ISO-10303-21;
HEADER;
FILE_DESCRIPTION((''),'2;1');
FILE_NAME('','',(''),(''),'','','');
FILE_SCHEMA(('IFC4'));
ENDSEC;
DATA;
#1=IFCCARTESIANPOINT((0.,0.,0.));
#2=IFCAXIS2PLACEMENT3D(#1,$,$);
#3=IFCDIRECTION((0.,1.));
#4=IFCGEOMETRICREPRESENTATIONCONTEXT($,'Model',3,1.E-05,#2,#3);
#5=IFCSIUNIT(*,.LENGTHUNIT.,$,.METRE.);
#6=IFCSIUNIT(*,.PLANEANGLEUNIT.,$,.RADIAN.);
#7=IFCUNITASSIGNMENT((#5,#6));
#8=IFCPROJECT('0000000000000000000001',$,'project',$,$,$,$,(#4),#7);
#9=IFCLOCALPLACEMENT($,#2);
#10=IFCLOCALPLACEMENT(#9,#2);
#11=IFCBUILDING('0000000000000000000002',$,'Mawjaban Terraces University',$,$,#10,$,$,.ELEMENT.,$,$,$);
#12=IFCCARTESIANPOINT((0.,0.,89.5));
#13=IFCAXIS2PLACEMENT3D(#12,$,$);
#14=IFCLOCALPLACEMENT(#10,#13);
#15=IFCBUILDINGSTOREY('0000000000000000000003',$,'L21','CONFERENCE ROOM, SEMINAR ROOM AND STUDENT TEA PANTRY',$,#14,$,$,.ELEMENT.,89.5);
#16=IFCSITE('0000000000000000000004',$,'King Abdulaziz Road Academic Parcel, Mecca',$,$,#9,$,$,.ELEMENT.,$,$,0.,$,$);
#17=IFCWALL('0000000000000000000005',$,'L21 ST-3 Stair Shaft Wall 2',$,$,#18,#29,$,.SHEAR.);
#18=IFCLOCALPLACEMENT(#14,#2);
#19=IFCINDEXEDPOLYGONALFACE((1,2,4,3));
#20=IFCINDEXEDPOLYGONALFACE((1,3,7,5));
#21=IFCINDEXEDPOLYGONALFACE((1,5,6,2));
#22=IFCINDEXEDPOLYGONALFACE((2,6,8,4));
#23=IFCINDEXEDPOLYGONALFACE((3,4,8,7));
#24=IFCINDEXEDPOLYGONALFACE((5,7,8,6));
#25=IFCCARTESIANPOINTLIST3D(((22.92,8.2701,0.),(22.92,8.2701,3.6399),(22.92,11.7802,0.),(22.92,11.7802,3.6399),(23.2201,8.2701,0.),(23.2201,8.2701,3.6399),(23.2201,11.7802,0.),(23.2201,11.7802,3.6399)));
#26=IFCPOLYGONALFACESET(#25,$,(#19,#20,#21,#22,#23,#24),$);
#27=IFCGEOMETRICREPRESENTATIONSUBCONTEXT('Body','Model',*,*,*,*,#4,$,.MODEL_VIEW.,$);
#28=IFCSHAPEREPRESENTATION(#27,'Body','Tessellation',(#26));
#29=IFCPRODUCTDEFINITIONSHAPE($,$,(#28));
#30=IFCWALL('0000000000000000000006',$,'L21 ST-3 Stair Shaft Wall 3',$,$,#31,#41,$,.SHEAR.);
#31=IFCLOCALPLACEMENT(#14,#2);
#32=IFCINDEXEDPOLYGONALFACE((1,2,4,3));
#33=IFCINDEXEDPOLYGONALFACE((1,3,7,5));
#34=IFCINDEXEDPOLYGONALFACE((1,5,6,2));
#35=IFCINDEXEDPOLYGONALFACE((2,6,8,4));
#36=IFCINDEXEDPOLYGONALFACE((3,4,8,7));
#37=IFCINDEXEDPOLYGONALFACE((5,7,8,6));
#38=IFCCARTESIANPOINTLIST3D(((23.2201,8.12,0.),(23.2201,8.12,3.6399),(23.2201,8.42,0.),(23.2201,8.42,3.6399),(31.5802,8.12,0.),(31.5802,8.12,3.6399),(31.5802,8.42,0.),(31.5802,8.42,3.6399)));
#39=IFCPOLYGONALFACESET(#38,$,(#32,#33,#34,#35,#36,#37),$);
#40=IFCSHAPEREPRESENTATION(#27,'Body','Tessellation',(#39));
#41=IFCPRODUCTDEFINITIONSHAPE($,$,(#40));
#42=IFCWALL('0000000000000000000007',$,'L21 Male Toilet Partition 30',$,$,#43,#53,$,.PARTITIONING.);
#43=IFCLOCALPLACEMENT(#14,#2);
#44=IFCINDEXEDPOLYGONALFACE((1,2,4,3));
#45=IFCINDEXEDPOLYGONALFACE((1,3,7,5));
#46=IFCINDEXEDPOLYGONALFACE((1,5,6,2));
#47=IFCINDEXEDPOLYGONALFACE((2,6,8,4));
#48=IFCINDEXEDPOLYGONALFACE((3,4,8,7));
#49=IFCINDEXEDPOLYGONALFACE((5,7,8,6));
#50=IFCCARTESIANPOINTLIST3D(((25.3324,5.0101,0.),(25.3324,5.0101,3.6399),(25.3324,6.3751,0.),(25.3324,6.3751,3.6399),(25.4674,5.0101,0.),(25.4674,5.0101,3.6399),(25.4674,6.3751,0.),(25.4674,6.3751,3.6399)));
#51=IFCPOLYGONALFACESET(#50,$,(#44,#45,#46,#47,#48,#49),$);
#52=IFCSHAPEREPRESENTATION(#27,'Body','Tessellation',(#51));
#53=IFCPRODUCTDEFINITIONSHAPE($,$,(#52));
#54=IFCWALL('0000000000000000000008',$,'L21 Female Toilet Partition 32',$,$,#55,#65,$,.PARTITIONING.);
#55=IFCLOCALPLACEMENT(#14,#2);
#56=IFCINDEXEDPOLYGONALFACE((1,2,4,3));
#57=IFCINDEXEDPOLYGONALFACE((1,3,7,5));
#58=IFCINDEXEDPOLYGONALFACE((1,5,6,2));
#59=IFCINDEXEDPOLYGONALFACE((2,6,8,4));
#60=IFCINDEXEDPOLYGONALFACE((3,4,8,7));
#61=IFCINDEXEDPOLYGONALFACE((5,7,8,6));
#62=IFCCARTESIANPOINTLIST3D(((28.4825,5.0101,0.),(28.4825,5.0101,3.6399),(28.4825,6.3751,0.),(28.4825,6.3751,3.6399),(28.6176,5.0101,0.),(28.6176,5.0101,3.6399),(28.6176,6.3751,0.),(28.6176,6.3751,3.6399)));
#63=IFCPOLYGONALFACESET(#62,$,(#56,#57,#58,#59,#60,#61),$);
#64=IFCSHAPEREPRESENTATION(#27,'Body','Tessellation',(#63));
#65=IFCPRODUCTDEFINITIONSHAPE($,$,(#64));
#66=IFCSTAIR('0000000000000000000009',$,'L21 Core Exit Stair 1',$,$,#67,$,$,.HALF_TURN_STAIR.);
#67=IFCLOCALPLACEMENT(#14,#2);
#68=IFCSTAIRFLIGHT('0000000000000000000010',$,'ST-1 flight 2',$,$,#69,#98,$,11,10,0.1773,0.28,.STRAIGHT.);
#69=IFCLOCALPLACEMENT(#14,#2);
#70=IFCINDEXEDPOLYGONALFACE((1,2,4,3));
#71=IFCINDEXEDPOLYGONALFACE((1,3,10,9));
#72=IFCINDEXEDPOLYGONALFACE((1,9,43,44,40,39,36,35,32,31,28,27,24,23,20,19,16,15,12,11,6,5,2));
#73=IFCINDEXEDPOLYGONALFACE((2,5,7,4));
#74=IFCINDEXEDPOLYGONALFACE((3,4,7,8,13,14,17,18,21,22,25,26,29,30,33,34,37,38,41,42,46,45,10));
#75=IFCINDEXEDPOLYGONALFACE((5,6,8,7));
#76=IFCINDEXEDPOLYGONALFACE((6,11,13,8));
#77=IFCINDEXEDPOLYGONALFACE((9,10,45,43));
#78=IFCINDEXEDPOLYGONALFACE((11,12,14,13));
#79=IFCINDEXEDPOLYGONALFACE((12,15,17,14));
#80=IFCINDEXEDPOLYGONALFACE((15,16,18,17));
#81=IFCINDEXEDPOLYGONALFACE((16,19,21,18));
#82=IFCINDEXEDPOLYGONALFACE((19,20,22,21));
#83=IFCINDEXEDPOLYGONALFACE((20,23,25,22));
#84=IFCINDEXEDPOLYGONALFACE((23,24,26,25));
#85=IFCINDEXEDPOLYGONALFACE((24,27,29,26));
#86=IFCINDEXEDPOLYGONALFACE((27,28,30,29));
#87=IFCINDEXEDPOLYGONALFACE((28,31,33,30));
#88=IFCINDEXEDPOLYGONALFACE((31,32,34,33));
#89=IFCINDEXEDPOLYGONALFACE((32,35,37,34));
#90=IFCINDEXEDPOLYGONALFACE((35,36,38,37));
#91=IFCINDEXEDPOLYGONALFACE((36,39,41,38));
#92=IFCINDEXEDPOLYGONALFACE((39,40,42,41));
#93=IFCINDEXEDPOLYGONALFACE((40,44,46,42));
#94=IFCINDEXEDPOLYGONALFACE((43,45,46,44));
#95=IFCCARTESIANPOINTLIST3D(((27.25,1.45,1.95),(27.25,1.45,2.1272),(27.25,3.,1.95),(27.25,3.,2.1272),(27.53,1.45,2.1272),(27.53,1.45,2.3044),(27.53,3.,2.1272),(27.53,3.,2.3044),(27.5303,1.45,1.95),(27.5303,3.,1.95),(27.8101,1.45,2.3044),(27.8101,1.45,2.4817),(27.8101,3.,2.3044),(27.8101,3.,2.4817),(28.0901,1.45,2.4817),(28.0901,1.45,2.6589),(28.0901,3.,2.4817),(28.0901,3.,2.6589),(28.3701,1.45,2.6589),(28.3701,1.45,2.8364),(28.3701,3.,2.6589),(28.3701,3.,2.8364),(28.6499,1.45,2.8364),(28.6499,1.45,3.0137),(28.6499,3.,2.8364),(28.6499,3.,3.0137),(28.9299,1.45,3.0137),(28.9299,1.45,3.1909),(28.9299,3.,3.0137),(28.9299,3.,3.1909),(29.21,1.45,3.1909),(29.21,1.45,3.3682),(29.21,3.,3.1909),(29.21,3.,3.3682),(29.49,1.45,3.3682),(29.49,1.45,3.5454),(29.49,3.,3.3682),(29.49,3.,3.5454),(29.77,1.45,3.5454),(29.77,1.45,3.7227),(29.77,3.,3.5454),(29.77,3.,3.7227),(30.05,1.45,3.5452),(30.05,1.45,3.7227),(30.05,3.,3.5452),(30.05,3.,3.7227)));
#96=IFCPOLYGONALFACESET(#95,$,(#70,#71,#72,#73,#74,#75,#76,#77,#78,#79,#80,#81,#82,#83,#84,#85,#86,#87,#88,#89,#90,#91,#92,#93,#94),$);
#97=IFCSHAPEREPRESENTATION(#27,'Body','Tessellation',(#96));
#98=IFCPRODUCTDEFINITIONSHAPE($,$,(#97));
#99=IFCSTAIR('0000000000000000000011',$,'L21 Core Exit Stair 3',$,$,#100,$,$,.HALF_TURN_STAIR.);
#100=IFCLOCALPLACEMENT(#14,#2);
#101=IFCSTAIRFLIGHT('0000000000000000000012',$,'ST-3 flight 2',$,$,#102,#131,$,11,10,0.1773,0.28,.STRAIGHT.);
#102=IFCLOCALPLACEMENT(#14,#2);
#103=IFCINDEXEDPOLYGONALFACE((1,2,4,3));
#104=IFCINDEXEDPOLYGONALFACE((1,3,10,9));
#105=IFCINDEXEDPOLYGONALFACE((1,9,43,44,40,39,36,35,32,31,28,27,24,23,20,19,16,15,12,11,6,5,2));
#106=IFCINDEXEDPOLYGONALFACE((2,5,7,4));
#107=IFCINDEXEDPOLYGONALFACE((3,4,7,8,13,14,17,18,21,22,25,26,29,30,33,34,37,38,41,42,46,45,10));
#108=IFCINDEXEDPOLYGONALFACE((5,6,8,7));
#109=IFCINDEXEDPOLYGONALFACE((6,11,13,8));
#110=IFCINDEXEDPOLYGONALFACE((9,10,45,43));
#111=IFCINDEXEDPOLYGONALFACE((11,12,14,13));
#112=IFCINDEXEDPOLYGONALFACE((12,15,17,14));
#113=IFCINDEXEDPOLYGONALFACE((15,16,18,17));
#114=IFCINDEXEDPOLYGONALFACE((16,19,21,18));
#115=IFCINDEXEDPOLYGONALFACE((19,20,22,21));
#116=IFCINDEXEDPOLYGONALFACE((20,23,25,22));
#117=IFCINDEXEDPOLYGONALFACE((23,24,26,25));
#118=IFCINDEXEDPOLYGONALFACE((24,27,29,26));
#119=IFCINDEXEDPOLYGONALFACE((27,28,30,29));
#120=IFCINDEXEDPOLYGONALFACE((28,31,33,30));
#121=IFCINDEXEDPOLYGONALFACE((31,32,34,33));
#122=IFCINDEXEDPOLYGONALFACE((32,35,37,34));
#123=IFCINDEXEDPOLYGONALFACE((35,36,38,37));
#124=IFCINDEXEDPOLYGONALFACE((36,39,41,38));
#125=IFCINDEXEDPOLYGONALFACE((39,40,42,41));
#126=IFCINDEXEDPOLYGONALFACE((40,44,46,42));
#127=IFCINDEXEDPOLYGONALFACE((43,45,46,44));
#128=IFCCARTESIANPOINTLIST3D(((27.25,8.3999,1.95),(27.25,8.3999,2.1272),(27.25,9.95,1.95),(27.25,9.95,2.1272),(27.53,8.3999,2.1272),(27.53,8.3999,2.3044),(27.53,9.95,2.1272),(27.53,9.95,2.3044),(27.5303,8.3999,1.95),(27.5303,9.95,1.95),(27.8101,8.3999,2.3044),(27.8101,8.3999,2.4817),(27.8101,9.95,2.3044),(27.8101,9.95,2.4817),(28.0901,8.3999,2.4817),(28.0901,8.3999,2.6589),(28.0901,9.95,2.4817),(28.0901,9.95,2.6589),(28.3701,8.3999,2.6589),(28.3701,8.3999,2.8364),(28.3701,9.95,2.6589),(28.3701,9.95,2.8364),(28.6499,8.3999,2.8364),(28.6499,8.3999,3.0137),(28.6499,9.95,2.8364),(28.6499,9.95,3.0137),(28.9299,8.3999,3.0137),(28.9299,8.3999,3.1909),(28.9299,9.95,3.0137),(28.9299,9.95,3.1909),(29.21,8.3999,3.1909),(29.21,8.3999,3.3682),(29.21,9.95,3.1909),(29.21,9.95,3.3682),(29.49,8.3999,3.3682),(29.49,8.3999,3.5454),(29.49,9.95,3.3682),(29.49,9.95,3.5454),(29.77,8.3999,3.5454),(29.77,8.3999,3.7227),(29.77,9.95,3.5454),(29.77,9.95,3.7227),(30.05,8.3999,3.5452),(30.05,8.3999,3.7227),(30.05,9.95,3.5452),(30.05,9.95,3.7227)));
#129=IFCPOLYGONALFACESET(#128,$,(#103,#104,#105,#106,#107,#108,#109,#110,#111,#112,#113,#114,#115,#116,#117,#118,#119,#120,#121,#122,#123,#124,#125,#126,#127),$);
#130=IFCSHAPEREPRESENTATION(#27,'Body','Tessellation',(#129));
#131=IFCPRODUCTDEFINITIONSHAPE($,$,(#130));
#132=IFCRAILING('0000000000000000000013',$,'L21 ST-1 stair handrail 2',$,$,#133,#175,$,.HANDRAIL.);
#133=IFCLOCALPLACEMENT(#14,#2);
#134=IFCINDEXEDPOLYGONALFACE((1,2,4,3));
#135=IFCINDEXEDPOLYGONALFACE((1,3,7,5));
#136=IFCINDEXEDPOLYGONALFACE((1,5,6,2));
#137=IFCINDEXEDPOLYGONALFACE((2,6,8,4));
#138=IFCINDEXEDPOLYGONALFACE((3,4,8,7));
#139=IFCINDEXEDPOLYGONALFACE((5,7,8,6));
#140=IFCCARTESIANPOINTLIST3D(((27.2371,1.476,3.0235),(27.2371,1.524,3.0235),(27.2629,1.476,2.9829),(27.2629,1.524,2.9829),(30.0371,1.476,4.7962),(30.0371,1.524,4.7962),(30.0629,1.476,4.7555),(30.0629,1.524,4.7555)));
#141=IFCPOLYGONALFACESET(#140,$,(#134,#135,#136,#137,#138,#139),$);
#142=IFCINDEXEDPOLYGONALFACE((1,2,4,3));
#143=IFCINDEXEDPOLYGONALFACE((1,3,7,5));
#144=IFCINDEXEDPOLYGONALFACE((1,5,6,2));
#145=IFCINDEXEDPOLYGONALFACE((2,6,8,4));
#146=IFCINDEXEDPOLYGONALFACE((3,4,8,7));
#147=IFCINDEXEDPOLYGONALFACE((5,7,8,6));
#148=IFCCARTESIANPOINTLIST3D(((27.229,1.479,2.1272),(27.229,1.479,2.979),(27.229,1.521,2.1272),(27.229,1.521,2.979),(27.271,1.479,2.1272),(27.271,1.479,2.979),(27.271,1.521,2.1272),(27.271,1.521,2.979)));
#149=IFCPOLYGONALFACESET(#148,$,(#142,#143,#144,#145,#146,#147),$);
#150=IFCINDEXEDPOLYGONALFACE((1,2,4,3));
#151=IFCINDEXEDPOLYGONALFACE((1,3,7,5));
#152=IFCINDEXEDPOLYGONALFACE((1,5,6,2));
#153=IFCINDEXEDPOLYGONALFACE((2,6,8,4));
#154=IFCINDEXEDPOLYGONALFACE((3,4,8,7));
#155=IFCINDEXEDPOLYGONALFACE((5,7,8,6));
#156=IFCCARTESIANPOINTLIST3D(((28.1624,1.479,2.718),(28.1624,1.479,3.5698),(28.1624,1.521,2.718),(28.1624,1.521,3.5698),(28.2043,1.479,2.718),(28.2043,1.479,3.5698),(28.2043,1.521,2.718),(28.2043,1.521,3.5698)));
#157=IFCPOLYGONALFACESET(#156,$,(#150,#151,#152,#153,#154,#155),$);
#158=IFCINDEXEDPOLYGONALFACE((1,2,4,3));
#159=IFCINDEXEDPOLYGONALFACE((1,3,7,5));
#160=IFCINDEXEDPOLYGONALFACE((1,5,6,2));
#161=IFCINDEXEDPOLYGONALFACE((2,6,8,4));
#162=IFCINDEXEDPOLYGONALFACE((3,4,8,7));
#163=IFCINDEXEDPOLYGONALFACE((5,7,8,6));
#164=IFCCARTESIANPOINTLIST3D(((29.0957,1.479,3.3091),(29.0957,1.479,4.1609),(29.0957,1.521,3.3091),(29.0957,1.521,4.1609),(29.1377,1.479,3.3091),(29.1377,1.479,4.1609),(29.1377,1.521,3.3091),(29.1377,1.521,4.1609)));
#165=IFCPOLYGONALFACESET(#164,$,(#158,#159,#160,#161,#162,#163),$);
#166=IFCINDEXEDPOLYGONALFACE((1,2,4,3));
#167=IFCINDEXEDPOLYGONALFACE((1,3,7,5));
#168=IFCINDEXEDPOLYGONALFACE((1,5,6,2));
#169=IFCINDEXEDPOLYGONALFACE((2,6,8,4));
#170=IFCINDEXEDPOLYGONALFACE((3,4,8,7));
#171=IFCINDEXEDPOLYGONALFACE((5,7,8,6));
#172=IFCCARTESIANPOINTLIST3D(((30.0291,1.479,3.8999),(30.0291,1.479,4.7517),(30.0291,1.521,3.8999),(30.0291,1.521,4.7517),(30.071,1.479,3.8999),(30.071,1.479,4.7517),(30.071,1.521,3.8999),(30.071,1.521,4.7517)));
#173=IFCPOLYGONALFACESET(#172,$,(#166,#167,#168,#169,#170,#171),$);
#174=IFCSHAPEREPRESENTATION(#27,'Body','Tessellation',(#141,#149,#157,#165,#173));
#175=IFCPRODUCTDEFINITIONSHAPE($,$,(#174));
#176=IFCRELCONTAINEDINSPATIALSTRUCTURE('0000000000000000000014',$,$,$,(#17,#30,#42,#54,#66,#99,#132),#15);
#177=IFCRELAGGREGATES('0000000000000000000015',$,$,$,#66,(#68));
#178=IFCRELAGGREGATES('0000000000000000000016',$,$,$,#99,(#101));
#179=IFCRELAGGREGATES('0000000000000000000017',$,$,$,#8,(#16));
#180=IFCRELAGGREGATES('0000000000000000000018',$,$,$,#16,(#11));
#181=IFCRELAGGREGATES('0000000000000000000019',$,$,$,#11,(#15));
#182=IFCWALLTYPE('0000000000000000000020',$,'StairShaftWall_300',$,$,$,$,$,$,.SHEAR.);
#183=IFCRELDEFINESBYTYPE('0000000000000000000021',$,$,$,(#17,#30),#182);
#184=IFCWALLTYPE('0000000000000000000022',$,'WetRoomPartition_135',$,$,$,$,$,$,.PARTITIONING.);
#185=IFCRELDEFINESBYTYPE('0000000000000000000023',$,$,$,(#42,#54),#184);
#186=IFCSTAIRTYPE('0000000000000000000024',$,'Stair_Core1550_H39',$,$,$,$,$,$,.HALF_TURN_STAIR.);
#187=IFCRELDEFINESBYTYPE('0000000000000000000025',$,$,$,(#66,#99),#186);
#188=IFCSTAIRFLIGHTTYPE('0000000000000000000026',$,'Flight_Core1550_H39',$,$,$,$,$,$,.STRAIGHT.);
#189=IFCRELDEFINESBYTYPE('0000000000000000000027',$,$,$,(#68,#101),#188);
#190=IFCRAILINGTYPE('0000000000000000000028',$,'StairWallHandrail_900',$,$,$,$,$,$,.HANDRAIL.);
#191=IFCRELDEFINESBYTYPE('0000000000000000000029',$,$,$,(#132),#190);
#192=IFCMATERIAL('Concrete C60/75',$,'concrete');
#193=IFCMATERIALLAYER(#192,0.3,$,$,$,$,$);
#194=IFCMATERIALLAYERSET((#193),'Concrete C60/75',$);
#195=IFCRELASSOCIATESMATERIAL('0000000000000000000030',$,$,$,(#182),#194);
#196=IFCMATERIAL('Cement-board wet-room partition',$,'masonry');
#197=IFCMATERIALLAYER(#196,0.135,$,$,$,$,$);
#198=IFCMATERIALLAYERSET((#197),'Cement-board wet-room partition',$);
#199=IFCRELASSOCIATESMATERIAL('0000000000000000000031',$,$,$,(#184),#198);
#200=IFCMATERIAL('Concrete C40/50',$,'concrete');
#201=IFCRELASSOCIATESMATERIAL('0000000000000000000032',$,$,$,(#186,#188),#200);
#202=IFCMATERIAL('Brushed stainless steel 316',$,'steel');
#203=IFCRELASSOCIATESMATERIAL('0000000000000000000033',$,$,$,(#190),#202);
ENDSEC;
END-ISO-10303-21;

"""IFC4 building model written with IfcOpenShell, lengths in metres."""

from ifc_helpers import new_model, si_unit, direction, frame, frame_2d, origin, origin_2d, place, context, subcontext, project, spatial, polyline, rectangle, outline, extrude, material, layer, layer_set, type_object, element, aggregate, save


model = new_model("IFC4")

# Units and contexts
model_context = context("Model", 3, precision=1e-05, world=origin(), true_north=direction((0.0, 1.0)))
body_context = subcontext(model_context, "Body", "Model", "MODEL_VIEW")
ifc_project = project(units=[si_unit("LENGTHUNIT", "METRE"), si_unit("PLANEANGLEUNIT", "RADIAN")], contexts=[model_context])

# Site, building, storey
site_placement = place(None, origin())
site = spatial("IfcSite", under=ifc_project, at=site_placement, Name="King Abdulaziz Road Academic Parcel, Mecca", CompositionType="ELEMENT", RefElevation=0.0)
building_placement = place(site_placement, origin())
building = spatial("IfcBuilding", under=site, at=building_placement, Name="Mawjaban Terraces University", CompositionType="ELEMENT")
storey_placement = place(building_placement, frame((0.0, 0.0, 89.5)))
storey = spatial("IfcBuildingStorey", under=building, at=storey_placement, Name="L21", Description="CONFERENCE ROOM, SEMINAR ROOM AND STUDENT TEA PANTRY", CompositionType="ELEMENT", Elevation=89.5)

# Walls
ifc_material_1 = material(Name="Concrete C60/75", Category="concrete")
ifc_layer_1 = layer(ifc_material_1, 0.3)
ifc_layer_set_1 = layer_set([ifc_layer_1], Name="Concrete C60/75")
wall_type_1 = type_object("IfcWallType", Name="StairShaftWall_300", PredefinedType="SHEAR", material=ifc_layer_set_1)
wall_1_placement = place(storey_placement, frame((23.0701, 11.78, 0.0), z_axis=(0.0, 0.0, 1.0), x_axis=(0.0, -1.0, 0.0)))
element("IfcWall", 1, at=wall_1_placement, inside=storey, type_object=wall_type_1, Name="L21 ST-3 Stair Shaft Wall 2", PredefinedType="SHEAR", context=body_context, shape_type="SweptSolid", body=[
    extrude(rectangle(XDim=3.51, YDim=0.3, at=frame_2d((1.7549, 0.0))), origin(), (0.0, 0.0, 1.0), 3.6399),
])
wall_2_placement = place(storey_placement, frame((23.22, 8.27, 0.0), z_axis=(0.0, 0.0, 1.0), x_axis=(1.0, 0.0, 0.0)))
element("IfcWall", 2, at=wall_2_placement, inside=storey, type_object=wall_type_1, Name="L21 ST-3 Stair Shaft Wall 3", PredefinedType="SHEAR", context=body_context, shape_type="SweptSolid", body=[
    extrude(rectangle(XDim=8.3601, YDim=0.3, at=frame_2d((4.1802, 0.0))), origin(), (0.0, 0.0, 1.0), 3.6399),
])
ifc_material_2 = material(Name="Cement-board wet-room partition", Category="masonry")
ifc_layer_2 = layer(ifc_material_2, 0.135)
ifc_layer_set_2 = layer_set([ifc_layer_2], Name="Cement-board wet-room partition")
wall_type_2 = type_object("IfcWallType", Name="WetRoomPartition_135", PredefinedType="PARTITIONING", material=ifc_layer_set_2)
for number, where, z_axis, x_axis, name in (
    (3, (25.3999, 5.01, 0.0), (0.0, 0.0, 1.0), (0.0, 1.0, 0.0), "L21 Male Toilet Partition 30"),
    (4, (28.55, 5.01, 0.0), (0.0, 0.0, 1.0), (0.0, 1.0, 0.0), "L21 Female Toilet Partition 32"),
):
    element("IfcWall", number, at=place(storey_placement, frame(where, z_axis=z_axis, x_axis=x_axis)), inside=storey, type_object=wall_type_2, Name=name, PredefinedType="PARTITIONING", context=body_context, shape_type="SweptSolid", body=[
        extrude(rectangle(XDim=1.365, YDim=0.135, at=frame_2d((0.6826, 0.0))), origin(), (0.0, 0.0, 1.0), 3.6399),
    ])

# Stairs, stair flights
ifc_material_3 = material(Name="Concrete C40/50", Category="concrete")
stair_type = type_object("IfcStairType", Name="Stair_Core1550_H39", PredefinedType="HALF_TURN_STAIR", material=ifc_material_3)
stair_1_placement = place(storey_placement, origin())
stair_1 = element("IfcStair", 5, at=stair_1_placement, inside=storey, type_object=stair_type, Name="L21 Core Exit Stair 1", PredefinedType="HALF_TURN_STAIR")
stair_flight_type = type_object("IfcStairFlightType", Name="Flight_Core1550_H39", PredefinedType="STRAIGHT", material=ifc_material_3)
stair_flight_1_placement = place(storey_placement, frame((27.25, 2.2251, 1.95), z_axis=(0.0, 0.0, 1.0), x_axis=(1.0, 0.0, 0.0)))
stair_flight_1 = element("IfcStairFlight", 6, at=stair_flight_1_placement, type_object=stair_flight_type, Name="ST-1 flight 2", NumberOfRisers=11, NumberOfTreads=10, PredefinedType="STRAIGHT", RiserHeight=0.1773, TreadLength=0.28, context=body_context, shape_type="SweptSolid", body=[
    extrude(outline(polyline([(0.0, 0.0), (0.0, 0.1772), (0.28, 0.1772), (0.28, 0.3545), (0.5601, 0.3545), (0.5601, 0.5317), (0.8401, 0.5317), (0.8401, 0.709), (1.1201, 0.709), (1.1201, 0.8865), (1.3999, 0.8865), (1.3999, 1.0637), (1.6799, 1.0637), (1.6799, 1.241), (1.96, 1.241), (1.96, 1.4182), (2.24, 1.4182), (2.24, 1.5955), (2.52, 1.5955), (2.52, 1.7727), (2.8, 1.7727), (2.8, 1.95), (2.8, 1.5952), (0.2803, 0.0), (0.0, 0.0)])), frame((0.0, 0.7749, 0.0), z_axis=(0.0, -1.0, 0.0), x_axis=(1.0, 0.0, 0.0)), (0.0, 0.0, 1.0), 1.55),
])
aggregate(stair_1, [stair_flight_1])
stair_2_placement = place(storey_placement, origin())
stair_2 = element("IfcStair", 7, at=stair_2_placement, inside=storey, type_object=stair_type, Name="L21 Core Exit Stair 3", PredefinedType="HALF_TURN_STAIR")
stair_flight_2_placement = place(storey_placement, frame((27.25, 9.175, 1.95), z_axis=(0.0, 0.0, 1.0), x_axis=(1.0, 0.0, 0.0)))
stair_flight_2 = element("IfcStairFlight", 8, at=stair_flight_2_placement, type_object=stair_flight_type, Name="ST-3 flight 2", NumberOfRisers=11, NumberOfTreads=10, PredefinedType="STRAIGHT", RiserHeight=0.1773, TreadLength=0.28, context=body_context, shape_type="SweptSolid", body=[
    extrude(outline(polyline([(0.0, 0.0), (0.0, 0.1772), (0.28, 0.1772), (0.28, 0.3545), (0.5601, 0.3545), (0.5601, 0.5317), (0.8401, 0.5317), (0.8401, 0.709), (1.1201, 0.709), (1.1201, 0.8865), (1.3999, 0.8865), (1.3999, 1.0637), (1.6799, 1.0637), (1.6799, 1.241), (1.96, 1.241), (1.96, 1.4182), (2.24, 1.4182), (2.24, 1.5955), (2.52, 1.5955), (2.52, 1.7727), (2.8, 1.7727), (2.8, 1.95), (2.8, 1.5952), (0.2803, 0.0), (0.0, 0.0)])), frame((0.0, 0.7749, 0.0), z_axis=(0.0, -1.0, 0.0), x_axis=(1.0, 0.0, 0.0)), (0.0, 0.0, 1.0), 1.55),
])
aggregate(stair_2, [stair_flight_2])

# Railing
ifc_material_4 = material(Name="Brushed stainless steel 316", Category="steel")
railing_type_1 = type_object("IfcRailingType", Name="StairWallHandrail_900", PredefinedType="HANDRAIL", material=ifc_material_4)
for number, where, name in (
    (9, (27.25, 1.5, 2.1272), "L21 ST-1 stair handrail 2"),
):
    element("IfcRailing", number, at=place(storey_placement, frame(where)), inside=storey, type_object=railing_type_1, Name=name, PredefinedType="HANDRAIL", context=body_context, shape_type="SweptSolid", body=[
        extrude(rectangle(XDim=0.0481, YDim=0.0481, at=origin_2d()), frame((0.0, 0.0, 0.876), z_axis=(0.844909, 0.0, 0.53491), x_axis=(0.0, 1.0, 0.0)), (0.0, 0.0, 1.0), 3.314),
        extrude(rectangle(XDim=0.042, YDim=0.042, at=origin_2d()), origin(), (0.0, 0.0, 1.0), 0.8518),
        extrude(rectangle(XDim=0.042, YDim=0.042, at=origin_2d()), frame((0.9333, 0.0, 0.5908)), (0.0, 0.0, 1.0), 0.8518),
        extrude(rectangle(XDim=0.042, YDim=0.042, at=origin_2d()), frame((1.8667, 0.0, 1.1819)), (0.0, 0.0, 1.0), 0.8518),
        extrude(rectangle(XDim=0.042, YDim=0.042, at=origin_2d()), frame((2.8, 0.0, 1.7727)), (0.0, 0.0, 1.0), 0.8518),
    ])

save(model, "model.ifc")
